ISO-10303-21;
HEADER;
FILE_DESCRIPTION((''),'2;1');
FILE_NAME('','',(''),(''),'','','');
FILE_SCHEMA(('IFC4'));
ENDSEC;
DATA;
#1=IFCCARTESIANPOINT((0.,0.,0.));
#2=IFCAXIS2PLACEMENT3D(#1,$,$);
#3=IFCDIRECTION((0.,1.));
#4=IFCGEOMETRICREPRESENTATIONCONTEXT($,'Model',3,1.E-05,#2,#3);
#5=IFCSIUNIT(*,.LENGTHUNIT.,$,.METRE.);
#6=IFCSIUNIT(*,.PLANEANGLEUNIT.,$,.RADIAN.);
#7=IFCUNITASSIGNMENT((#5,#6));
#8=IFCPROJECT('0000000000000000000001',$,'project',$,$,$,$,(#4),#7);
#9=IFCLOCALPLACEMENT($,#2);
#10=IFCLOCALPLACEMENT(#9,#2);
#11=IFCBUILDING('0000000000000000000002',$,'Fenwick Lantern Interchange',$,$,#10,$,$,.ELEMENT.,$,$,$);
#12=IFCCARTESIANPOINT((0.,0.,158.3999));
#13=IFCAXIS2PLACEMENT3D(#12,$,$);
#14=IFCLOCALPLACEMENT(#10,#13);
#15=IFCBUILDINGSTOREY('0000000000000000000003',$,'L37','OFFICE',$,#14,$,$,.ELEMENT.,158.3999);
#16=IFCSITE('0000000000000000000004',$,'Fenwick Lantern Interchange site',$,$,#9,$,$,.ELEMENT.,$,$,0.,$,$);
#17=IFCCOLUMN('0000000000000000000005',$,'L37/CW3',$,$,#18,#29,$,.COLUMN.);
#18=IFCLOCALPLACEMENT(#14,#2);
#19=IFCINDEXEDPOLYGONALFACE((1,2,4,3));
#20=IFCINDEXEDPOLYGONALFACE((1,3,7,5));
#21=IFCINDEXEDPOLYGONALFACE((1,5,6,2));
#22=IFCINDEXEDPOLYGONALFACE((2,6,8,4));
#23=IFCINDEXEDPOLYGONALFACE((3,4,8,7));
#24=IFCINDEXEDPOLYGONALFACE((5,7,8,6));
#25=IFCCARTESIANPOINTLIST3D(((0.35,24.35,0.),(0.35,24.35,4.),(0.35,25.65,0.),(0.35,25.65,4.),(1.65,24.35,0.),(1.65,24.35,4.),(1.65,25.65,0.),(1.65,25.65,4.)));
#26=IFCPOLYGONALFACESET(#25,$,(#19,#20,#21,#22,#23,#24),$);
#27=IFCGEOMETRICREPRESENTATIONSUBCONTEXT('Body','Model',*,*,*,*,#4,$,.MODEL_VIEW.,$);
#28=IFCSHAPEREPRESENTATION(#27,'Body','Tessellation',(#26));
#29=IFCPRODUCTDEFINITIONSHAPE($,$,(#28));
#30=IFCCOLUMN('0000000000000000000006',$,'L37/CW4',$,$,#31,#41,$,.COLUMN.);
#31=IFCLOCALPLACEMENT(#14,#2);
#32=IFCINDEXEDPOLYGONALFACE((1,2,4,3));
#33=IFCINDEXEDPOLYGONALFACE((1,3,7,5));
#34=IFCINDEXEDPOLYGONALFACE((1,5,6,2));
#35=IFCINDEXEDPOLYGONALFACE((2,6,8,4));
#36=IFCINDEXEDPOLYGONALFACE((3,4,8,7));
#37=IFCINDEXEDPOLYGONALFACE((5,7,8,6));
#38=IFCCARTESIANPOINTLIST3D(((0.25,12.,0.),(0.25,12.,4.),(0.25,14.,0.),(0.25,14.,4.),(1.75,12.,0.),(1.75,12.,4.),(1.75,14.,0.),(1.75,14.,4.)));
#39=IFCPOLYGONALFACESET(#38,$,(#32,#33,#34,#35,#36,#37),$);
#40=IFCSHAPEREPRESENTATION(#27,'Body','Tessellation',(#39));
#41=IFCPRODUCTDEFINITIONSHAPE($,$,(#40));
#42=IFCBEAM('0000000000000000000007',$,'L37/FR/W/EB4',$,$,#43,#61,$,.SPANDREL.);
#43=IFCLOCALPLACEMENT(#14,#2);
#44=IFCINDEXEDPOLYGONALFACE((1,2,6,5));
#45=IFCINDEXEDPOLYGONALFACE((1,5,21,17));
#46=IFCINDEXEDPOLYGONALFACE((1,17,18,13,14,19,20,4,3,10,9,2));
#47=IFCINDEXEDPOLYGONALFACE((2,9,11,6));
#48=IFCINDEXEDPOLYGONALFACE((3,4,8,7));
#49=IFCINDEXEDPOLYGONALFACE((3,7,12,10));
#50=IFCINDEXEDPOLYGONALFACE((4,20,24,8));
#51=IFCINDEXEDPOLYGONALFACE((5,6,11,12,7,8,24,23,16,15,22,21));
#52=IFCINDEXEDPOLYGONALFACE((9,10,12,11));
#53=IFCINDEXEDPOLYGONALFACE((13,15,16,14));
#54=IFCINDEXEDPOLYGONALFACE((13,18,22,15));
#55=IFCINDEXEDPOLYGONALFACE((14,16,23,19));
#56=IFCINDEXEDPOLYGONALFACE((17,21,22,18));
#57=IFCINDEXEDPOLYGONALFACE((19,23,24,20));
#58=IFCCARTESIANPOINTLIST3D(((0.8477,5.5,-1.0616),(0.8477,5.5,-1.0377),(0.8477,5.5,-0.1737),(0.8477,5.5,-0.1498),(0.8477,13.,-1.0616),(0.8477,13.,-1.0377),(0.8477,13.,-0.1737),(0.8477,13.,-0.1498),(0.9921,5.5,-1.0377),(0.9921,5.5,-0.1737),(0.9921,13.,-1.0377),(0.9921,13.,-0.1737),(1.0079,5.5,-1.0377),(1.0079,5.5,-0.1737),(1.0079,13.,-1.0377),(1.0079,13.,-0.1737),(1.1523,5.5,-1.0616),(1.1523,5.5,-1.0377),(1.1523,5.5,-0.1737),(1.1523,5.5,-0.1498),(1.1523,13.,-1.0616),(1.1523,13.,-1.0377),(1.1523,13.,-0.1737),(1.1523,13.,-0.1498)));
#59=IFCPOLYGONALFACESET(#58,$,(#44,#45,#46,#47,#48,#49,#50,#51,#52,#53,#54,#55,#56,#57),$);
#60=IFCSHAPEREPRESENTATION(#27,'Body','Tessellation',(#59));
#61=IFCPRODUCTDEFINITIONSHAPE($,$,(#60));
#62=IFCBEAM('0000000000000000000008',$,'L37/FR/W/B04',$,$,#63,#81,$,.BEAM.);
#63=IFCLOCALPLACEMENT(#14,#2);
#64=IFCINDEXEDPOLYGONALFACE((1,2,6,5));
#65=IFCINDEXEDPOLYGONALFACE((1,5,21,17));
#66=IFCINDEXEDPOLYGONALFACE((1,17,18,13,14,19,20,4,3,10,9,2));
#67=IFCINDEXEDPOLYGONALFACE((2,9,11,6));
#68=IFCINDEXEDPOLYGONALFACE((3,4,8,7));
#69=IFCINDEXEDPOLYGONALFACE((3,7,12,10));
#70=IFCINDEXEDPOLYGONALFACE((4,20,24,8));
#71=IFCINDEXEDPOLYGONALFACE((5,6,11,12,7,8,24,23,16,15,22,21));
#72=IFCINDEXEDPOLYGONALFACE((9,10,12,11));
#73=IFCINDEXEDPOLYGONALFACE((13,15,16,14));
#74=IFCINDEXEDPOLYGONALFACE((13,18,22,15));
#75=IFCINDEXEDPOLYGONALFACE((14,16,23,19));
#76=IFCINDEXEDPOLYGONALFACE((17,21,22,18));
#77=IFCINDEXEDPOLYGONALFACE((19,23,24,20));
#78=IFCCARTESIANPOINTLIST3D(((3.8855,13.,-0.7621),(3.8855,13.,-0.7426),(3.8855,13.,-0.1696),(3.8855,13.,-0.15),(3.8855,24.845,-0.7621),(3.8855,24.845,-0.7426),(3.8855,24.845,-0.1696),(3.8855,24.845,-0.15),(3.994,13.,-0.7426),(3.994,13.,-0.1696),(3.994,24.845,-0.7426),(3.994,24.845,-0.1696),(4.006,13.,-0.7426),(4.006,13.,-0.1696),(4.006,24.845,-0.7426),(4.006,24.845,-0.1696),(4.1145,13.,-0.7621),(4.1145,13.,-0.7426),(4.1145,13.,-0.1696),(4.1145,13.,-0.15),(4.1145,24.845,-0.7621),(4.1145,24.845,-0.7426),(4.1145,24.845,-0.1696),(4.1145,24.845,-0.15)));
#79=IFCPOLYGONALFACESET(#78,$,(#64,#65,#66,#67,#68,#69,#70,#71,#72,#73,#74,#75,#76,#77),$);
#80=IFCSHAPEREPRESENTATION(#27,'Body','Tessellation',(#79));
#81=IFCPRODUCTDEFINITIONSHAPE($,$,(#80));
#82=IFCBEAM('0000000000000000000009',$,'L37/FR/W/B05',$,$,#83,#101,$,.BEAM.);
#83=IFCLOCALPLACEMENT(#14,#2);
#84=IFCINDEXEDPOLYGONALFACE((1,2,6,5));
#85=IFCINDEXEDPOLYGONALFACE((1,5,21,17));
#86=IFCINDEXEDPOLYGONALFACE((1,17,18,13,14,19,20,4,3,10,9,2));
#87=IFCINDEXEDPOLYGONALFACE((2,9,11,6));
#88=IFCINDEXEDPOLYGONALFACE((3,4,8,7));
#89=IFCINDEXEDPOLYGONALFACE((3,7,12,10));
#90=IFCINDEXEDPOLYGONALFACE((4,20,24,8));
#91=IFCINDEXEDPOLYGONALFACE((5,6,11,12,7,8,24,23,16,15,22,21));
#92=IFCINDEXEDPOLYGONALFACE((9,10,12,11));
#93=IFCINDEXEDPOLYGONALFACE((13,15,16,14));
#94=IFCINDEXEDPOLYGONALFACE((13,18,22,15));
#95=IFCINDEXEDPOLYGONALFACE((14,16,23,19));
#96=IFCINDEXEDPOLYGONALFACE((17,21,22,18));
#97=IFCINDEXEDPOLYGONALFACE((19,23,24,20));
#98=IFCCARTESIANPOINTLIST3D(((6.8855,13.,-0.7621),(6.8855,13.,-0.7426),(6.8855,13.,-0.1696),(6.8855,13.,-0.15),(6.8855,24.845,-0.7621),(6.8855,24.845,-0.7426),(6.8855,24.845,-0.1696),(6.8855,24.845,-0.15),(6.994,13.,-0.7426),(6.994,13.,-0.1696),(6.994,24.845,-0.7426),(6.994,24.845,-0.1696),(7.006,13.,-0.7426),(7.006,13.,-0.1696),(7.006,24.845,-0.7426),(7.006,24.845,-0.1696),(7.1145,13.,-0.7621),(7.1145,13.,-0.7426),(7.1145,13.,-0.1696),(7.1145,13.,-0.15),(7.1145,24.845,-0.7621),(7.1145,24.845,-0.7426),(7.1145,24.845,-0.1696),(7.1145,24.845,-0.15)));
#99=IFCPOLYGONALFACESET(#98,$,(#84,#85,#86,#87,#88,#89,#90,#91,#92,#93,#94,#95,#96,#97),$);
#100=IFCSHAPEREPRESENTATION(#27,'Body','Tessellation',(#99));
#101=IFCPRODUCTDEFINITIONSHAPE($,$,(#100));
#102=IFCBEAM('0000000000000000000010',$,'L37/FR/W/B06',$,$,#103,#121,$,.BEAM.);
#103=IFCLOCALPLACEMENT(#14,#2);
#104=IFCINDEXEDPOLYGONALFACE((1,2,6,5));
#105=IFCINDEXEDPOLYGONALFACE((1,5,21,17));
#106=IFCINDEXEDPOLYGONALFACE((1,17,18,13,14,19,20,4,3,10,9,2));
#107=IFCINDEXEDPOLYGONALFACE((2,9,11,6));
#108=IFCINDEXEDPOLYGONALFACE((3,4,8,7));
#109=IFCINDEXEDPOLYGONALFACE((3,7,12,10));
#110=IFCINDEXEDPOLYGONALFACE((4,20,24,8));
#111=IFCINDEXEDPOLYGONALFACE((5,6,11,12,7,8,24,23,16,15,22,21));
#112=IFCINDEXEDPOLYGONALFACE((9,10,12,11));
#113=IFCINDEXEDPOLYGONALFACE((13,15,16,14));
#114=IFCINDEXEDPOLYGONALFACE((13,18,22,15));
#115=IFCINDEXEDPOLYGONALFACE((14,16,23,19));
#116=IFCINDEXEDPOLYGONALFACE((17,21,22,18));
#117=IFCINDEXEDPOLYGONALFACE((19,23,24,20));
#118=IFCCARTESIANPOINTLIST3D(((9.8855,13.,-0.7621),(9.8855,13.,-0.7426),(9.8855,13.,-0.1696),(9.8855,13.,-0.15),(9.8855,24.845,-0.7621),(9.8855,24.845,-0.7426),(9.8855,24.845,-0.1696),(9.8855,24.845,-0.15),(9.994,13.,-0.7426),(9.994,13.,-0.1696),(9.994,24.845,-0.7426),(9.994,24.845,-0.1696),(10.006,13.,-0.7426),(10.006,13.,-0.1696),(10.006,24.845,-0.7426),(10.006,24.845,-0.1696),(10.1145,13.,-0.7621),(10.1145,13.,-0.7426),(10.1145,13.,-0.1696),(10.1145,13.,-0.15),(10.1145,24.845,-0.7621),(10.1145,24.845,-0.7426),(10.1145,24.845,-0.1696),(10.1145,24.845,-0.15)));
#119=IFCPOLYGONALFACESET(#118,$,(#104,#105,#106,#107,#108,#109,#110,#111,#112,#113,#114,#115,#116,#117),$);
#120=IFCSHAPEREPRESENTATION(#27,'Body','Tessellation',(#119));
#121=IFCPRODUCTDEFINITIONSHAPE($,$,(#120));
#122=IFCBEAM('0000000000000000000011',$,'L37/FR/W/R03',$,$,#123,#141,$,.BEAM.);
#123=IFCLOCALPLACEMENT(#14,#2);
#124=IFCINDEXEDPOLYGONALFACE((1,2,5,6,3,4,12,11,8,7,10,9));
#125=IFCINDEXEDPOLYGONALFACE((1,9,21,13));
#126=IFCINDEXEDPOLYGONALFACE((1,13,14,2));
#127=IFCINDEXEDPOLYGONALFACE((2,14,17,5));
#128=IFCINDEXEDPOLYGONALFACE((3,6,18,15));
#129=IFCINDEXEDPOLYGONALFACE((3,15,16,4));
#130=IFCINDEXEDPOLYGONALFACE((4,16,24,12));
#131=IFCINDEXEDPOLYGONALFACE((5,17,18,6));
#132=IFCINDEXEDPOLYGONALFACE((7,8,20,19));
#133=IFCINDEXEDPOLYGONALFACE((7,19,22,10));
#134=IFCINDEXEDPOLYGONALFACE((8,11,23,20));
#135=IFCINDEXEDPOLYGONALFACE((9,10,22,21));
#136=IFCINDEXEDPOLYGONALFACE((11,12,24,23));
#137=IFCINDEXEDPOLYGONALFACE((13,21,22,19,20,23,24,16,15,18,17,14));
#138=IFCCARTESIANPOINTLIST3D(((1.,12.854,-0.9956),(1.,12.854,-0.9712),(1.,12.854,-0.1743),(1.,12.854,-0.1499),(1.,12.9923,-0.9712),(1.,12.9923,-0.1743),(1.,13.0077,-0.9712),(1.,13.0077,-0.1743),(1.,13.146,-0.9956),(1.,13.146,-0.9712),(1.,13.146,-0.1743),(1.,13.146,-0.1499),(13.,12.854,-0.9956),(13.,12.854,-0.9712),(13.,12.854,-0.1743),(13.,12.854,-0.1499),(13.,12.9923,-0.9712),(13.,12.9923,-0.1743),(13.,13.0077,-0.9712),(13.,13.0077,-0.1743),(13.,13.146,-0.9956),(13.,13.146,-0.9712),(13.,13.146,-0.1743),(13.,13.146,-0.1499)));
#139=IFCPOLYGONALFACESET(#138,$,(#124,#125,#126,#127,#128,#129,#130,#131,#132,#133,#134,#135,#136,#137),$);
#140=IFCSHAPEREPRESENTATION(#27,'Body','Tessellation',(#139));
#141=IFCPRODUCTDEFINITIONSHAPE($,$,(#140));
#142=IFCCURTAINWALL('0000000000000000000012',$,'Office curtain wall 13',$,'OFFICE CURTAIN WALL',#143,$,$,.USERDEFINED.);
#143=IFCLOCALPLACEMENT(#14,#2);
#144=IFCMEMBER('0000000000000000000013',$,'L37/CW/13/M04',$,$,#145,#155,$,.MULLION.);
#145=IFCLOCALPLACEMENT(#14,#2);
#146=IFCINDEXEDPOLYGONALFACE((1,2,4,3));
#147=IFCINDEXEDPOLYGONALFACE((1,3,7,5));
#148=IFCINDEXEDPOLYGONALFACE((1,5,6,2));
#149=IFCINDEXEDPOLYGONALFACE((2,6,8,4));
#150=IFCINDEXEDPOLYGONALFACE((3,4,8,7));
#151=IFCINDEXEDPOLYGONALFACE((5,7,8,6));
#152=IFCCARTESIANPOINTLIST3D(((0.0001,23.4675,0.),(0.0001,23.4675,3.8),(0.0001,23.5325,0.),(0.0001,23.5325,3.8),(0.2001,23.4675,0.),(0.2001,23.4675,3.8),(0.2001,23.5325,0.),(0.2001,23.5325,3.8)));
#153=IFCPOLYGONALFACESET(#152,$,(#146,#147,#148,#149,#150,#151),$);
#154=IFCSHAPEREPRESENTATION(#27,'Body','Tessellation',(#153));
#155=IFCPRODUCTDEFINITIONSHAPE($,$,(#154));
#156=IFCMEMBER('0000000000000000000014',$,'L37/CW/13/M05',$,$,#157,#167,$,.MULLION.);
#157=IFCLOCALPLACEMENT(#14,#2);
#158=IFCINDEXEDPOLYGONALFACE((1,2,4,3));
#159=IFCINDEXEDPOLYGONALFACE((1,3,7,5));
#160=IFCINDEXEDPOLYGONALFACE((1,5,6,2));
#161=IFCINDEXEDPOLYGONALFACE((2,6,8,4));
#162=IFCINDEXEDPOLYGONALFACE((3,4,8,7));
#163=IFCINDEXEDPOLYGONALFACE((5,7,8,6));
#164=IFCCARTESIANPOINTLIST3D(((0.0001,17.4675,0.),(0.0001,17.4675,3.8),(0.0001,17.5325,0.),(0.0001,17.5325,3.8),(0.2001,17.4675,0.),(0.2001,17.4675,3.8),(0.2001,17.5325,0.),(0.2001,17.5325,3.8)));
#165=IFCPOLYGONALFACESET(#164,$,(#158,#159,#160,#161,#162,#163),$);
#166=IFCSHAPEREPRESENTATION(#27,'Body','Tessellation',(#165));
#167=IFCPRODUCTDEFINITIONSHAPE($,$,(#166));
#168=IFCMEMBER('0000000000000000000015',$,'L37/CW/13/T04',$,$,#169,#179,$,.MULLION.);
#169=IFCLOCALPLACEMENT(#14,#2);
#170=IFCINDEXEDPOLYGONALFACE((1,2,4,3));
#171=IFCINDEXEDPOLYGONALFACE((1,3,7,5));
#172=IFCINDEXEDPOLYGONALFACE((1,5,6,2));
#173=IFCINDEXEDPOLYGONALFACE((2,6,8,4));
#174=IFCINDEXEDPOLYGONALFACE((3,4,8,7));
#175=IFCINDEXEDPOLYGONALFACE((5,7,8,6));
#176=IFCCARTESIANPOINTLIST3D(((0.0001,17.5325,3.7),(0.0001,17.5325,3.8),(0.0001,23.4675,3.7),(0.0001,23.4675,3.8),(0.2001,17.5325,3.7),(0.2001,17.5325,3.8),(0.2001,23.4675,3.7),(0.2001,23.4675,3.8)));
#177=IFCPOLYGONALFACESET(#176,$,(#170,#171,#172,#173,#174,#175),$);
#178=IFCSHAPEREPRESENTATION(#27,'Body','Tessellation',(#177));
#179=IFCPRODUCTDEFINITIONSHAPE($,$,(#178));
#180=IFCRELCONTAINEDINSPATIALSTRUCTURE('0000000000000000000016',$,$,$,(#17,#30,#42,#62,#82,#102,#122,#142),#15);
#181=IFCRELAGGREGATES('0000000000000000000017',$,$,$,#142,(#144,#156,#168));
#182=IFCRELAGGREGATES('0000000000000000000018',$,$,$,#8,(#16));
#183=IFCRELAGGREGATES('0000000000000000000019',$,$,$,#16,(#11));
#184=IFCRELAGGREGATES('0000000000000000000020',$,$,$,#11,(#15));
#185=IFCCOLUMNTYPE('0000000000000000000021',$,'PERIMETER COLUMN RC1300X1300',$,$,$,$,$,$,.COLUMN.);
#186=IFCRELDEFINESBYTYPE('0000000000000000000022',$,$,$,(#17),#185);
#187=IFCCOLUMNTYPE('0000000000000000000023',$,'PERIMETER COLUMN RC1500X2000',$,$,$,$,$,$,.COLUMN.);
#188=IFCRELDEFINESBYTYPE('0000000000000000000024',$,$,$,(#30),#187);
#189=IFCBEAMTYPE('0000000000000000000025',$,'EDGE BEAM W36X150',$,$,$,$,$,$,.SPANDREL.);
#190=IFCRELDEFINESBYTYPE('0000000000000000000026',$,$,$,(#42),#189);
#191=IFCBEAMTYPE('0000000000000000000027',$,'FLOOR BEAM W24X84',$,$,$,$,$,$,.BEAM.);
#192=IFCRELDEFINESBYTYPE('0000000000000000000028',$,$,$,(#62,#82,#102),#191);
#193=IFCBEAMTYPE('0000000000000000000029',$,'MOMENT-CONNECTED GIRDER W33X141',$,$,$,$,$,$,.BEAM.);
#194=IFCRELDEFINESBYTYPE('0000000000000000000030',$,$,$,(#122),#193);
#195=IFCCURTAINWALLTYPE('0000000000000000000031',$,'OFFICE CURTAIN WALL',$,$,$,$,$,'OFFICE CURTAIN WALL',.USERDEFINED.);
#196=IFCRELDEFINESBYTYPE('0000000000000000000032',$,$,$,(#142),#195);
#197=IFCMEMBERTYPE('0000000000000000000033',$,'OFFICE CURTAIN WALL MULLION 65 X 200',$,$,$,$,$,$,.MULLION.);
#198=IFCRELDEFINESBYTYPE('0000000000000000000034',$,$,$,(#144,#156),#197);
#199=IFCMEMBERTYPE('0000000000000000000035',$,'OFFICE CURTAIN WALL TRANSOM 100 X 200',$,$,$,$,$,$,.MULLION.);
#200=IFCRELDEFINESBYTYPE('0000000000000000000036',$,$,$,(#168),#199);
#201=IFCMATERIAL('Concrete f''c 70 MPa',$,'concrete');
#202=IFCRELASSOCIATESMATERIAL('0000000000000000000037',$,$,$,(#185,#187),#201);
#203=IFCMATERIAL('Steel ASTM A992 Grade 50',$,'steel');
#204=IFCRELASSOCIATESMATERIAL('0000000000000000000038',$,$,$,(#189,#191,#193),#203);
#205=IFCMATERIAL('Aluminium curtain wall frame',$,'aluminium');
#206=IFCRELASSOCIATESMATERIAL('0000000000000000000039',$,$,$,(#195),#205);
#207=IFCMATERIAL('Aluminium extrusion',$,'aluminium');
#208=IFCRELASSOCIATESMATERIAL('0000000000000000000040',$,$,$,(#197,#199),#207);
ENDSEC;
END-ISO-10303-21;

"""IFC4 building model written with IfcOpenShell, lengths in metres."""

from ifc_helpers import new_model, si_unit, direction, frame, origin, origin_2d, place, context, subcontext, project, spatial, rectangle, i_section, extrude, material, material_profile, profile_set, type_object, element, aggregate, save


model = new_model("IFC4")

# Units and contexts
model_context = context("Model", 3, precision=1e-05, world=origin(), true_north=direction((0.0, 1.0)))
body_context = subcontext(model_context, "Body", "Model", "MODEL_VIEW")
ifc_project = project(units=[si_unit("LENGTHUNIT", "METRE"), si_unit("PLANEANGLEUNIT", "RADIAN")], contexts=[model_context])

# Site, building, storey
site_placement = place(None, origin())
site = spatial("IfcSite", under=ifc_project, at=site_placement, Name="Fenwick Lantern Interchange site", CompositionType="ELEMENT", RefElevation=0.0)
building_placement = place(site_placement, origin())
building = spatial("IfcBuilding", under=site, at=building_placement, Name="Fenwick Lantern Interchange", CompositionType="ELEMENT")
storey_placement = place(building_placement, frame((0.0, 0.0, 158.3999)))
storey = spatial("IfcBuildingStorey", under=building, at=storey_placement, Name="L37", Description="OFFICE", CompositionType="ELEMENT", Elevation=158.3999)

# Columns
ifc_material_1 = material(Name="Concrete f'c 70 MPa", Category="concrete")
ifc_material_profile_1 = material_profile(ifc_material_1, rectangle(XDim=1.3, YDim=1.3, at=origin_2d()), Name="RC1300X1300")
ifc_profile_set_1 = profile_set([ifc_material_profile_1], Name="Concrete f'c 70 MPa")
column_type_1 = type_object("IfcColumnType", Name="PERIMETER COLUMN RC1300X1300", PredefinedType="COLUMN", material=ifc_profile_set_1)
column_1_placement = place(storey_placement, frame((1.0, 25.0, 0.0), z_axis=(0.0, 0.0, 1.0), x_axis=(1.0, 0.0, 0.0)))
element("IfcColumn", 1, at=column_1_placement, inside=storey, type_object=column_type_1, Name="L37/CW3", PredefinedType="COLUMN", context=body_context, shape_type="SweptSolid", body=[
    extrude(rectangle(XDim=1.3, YDim=1.3, at=origin_2d()), origin(), (0.0, 0.0, 1.0), 4.0),
])
ifc_material_profile_2 = material_profile(ifc_material_1, rectangle(XDim=1.5, YDim=2.0, at=origin_2d()), Name="RC1500X2000")
ifc_profile_set_2 = profile_set([ifc_material_profile_2], Name="Concrete f'c 70 MPa")
column_type_2 = type_object("IfcColumnType", Name="PERIMETER COLUMN RC1500X2000", PredefinedType="COLUMN", material=ifc_profile_set_2)
column_2_placement = place(storey_placement, frame((1.0, 13.0, 0.0), z_axis=(0.0, 0.0, 1.0), x_axis=(1.0, 0.0, 0.0)))
element("IfcColumn", 2, at=column_2_placement, inside=storey, type_object=column_type_2, Name="L37/CW4", PredefinedType="COLUMN", context=body_context, shape_type="SweptSolid", body=[
    extrude(rectangle(XDim=1.5, YDim=2.0, at=origin_2d()), origin(), (0.0, 0.0, 1.0), 4.0),
])

# Beams
ifc_material_2 = material(Name="Steel ASTM A992 Grade 50", Category="steel")
ifc_material_profile_3 = material_profile(ifc_material_2, i_section(OverallWidth=0.3047, OverallDepth=0.9119, WebThickness=0.0159, FlangeThickness=0.0239, at=origin_2d()), Name="W36X150")
ifc_profile_set_3 = profile_set([ifc_material_profile_3], Name="Steel ASTM A992 Grade 50")
beam_type_1 = type_object("IfcBeamType", Name="EDGE BEAM W36X150", PredefinedType="SPANDREL", material=ifc_profile_set_3)
beam_1_placement = place(storey_placement, frame((1.0, 13.0, -0.6057), z_axis=(0.0, -1.0, 0.0), x_axis=(1.0, 0.0, 0.0)))
element("IfcBeam", 3, at=beam_1_placement, inside=storey, type_object=beam_type_1, Name="L37/FR/W/EB4", PredefinedType="SPANDREL", context=body_context, shape_type="SweptSolid", body=[
    extrude(i_section(OverallWidth=0.3047, OverallDepth=0.9119, WebThickness=0.0159, FlangeThickness=0.0239, at=origin_2d()), origin(), (0.0, 0.0, 1.0), 7.5),
])
ifc_material_profile_4 = material_profile(ifc_material_2, i_section(OverallWidth=0.229, OverallDepth=0.6121, WebThickness=0.012, FlangeThickness=0.0195, at=origin_2d()), Name="W24X84")
ifc_profile_set_4 = profile_set([ifc_material_profile_4], Name="Steel ASTM A992 Grade 50")
beam_type_2 = type_object("IfcBeamType", Name="FLOOR BEAM W24X84", PredefinedType="BEAM", material=ifc_profile_set_4)
for number, where, z_axis, x_axis, name in (
    (4, (4.0, 24.845, -0.4561), (0.0, -1.0, 0.0), (1.0, 0.0, 0.0), "L37/FR/W/B04"),
    (5, (7.0, 24.845, -0.4561), (0.0, -1.0, 0.0), (1.0, 0.0, 0.0), "L37/FR/W/B05"),
    (6, (10.0, 24.845, -0.4561), (0.0, -1.0, 0.0), (1.0, 0.0, 0.0), "L37/FR/W/B06"),
):
    element("IfcBeam", number, at=place(storey_placement, frame(where, z_axis=z_axis, x_axis=x_axis)), inside=storey, type_object=beam_type_2, Name=name, PredefinedType="BEAM", context=body_context, shape_type="SweptSolid", body=[
        extrude(i_section(OverallWidth=0.229, OverallDepth=0.6121, WebThickness=0.012, FlangeThickness=0.0195, at=origin_2d()), origin(), (0.0, 0.0, 1.0), 11.845),
    ])
ifc_material_profile_5 = material_profile(ifc_material_2, i_section(OverallWidth=0.292, OverallDepth=0.8457, WebThickness=0.0154, FlangeThickness=0.0244, at=origin_2d()), Name="W33X141")
ifc_profile_set_5 = profile_set([ifc_material_profile_5], Name="Steel ASTM A992 Grade 50")
beam_type_3 = type_object("IfcBeamType", Name="MOMENT-CONNECTED GIRDER W33X141", PredefinedType="BEAM", material=ifc_profile_set_5)
beam_2_placement = place(storey_placement, frame((1.0, 13.0, -0.5728), z_axis=(1.0, 0.0, 0.0), x_axis=(0.0, 1.0, 0.0)))
element("IfcBeam", 7, at=beam_2_placement, inside=storey, type_object=beam_type_3, Name="L37/FR/W/R03", PredefinedType="BEAM", context=body_context, shape_type="SweptSolid", body=[
    extrude(i_section(OverallWidth=0.292, OverallDepth=0.8457, WebThickness=0.0154, FlangeThickness=0.0244, at=origin_2d()), origin(), (0.0, 0.0, 1.0), 12.0),
])

# Curtain wall, members
ifc_material_3 = material(Name="Aluminium curtain wall frame", Category="aluminium")
curtain_wall_type = type_object("IfcCurtainWallType", Name="OFFICE CURTAIN WALL", ElementType="OFFICE CURTAIN WALL", PredefinedType="USERDEFINED", material=ifc_material_3)
curtain_wall_placement = place(storey_placement, origin())
curtain_wall = element("IfcCurtainWall", 8, at=curtain_wall_placement, inside=storey, type_object=curtain_wall_type, Name="Office curtain wall 13", ObjectType="OFFICE CURTAIN WALL", PredefinedType="USERDEFINED")
ifc_material_4 = material(Name="Aluminium extrusion", Category="aluminium")
ifc_material_profile_6 = material_profile(ifc_material_4, rectangle(XDim=0.2, YDim=0.0649, at=origin_2d()), Name="OFFICE CURTAIN WALL MULLION 65 X 200")
ifc_profile_set_6 = profile_set([ifc_material_profile_6], Name="Aluminium extrusion")
member_type_1 = type_object("IfcMemberType", Name="OFFICE CURTAIN WALL MULLION 65 X 200", PredefinedType="MULLION", material=ifc_profile_set_6)
member_1_placement = place(storey_placement, frame((0.1001, 23.5, 0.0), z_axis=(0.0, 0.0, 1.0), x_axis=(1.0, 0.0, 0.0)))
member_1 = element("IfcMember", 9, at=member_1_placement, type_object=member_type_1, Name="L37/CW/13/M04", PredefinedType="MULLION", context=body_context, shape_type="SweptSolid", body=[
    extrude(rectangle(XDim=0.2, YDim=0.0649, at=origin_2d()), origin(), (0.0, 0.0, 1.0), 3.8),
])
member_2_placement = place(storey_placement, frame((0.1001, 17.5, 0.0), z_axis=(0.0, 0.0, 1.0), x_axis=(1.0, 0.0, 0.0)))
member_2 = element("IfcMember", 10, at=member_2_placement, type_object=member_type_1, Name="L37/CW/13/M05", PredefinedType="MULLION", context=body_context, shape_type="SweptSolid", body=[
    extrude(rectangle(XDim=0.2, YDim=0.0649, at=origin_2d()), origin(), (0.0, 0.0, 1.0), 3.8),
])
ifc_material_profile_7 = material_profile(ifc_material_4, rectangle(XDim=0.2, YDim=0.1001, at=origin_2d()), Name="OFFICE CURTAIN WALL TRANSOM 100 X 200")
ifc_profile_set_7 = profile_set([ifc_material_profile_7], Name="Aluminium extrusion")
member_type_2 = type_object("IfcMemberType", Name="OFFICE CURTAIN WALL TRANSOM 100 X 200", PredefinedType="MULLION", material=ifc_profile_set_7)
member_3_placement = place(storey_placement, frame((0.1001, 23.4675, 3.75), z_axis=(0.0, -1.0, 0.0), x_axis=(1.0, 0.0, 0.0)))
member_3 = element("IfcMember", 11, at=member_3_placement, type_object=member_type_2, Name="L37/CW/13/T04", PredefinedType="MULLION", context=body_context, shape_type="SweptSolid", body=[
    extrude(rectangle(XDim=0.2, YDim=0.1001, at=origin_2d()), origin(), (0.0, 0.0, 1.0), 5.9351),
])
aggregate(curtain_wall, [member_1, member_2, member_3])

save(model, "model.ifc")
